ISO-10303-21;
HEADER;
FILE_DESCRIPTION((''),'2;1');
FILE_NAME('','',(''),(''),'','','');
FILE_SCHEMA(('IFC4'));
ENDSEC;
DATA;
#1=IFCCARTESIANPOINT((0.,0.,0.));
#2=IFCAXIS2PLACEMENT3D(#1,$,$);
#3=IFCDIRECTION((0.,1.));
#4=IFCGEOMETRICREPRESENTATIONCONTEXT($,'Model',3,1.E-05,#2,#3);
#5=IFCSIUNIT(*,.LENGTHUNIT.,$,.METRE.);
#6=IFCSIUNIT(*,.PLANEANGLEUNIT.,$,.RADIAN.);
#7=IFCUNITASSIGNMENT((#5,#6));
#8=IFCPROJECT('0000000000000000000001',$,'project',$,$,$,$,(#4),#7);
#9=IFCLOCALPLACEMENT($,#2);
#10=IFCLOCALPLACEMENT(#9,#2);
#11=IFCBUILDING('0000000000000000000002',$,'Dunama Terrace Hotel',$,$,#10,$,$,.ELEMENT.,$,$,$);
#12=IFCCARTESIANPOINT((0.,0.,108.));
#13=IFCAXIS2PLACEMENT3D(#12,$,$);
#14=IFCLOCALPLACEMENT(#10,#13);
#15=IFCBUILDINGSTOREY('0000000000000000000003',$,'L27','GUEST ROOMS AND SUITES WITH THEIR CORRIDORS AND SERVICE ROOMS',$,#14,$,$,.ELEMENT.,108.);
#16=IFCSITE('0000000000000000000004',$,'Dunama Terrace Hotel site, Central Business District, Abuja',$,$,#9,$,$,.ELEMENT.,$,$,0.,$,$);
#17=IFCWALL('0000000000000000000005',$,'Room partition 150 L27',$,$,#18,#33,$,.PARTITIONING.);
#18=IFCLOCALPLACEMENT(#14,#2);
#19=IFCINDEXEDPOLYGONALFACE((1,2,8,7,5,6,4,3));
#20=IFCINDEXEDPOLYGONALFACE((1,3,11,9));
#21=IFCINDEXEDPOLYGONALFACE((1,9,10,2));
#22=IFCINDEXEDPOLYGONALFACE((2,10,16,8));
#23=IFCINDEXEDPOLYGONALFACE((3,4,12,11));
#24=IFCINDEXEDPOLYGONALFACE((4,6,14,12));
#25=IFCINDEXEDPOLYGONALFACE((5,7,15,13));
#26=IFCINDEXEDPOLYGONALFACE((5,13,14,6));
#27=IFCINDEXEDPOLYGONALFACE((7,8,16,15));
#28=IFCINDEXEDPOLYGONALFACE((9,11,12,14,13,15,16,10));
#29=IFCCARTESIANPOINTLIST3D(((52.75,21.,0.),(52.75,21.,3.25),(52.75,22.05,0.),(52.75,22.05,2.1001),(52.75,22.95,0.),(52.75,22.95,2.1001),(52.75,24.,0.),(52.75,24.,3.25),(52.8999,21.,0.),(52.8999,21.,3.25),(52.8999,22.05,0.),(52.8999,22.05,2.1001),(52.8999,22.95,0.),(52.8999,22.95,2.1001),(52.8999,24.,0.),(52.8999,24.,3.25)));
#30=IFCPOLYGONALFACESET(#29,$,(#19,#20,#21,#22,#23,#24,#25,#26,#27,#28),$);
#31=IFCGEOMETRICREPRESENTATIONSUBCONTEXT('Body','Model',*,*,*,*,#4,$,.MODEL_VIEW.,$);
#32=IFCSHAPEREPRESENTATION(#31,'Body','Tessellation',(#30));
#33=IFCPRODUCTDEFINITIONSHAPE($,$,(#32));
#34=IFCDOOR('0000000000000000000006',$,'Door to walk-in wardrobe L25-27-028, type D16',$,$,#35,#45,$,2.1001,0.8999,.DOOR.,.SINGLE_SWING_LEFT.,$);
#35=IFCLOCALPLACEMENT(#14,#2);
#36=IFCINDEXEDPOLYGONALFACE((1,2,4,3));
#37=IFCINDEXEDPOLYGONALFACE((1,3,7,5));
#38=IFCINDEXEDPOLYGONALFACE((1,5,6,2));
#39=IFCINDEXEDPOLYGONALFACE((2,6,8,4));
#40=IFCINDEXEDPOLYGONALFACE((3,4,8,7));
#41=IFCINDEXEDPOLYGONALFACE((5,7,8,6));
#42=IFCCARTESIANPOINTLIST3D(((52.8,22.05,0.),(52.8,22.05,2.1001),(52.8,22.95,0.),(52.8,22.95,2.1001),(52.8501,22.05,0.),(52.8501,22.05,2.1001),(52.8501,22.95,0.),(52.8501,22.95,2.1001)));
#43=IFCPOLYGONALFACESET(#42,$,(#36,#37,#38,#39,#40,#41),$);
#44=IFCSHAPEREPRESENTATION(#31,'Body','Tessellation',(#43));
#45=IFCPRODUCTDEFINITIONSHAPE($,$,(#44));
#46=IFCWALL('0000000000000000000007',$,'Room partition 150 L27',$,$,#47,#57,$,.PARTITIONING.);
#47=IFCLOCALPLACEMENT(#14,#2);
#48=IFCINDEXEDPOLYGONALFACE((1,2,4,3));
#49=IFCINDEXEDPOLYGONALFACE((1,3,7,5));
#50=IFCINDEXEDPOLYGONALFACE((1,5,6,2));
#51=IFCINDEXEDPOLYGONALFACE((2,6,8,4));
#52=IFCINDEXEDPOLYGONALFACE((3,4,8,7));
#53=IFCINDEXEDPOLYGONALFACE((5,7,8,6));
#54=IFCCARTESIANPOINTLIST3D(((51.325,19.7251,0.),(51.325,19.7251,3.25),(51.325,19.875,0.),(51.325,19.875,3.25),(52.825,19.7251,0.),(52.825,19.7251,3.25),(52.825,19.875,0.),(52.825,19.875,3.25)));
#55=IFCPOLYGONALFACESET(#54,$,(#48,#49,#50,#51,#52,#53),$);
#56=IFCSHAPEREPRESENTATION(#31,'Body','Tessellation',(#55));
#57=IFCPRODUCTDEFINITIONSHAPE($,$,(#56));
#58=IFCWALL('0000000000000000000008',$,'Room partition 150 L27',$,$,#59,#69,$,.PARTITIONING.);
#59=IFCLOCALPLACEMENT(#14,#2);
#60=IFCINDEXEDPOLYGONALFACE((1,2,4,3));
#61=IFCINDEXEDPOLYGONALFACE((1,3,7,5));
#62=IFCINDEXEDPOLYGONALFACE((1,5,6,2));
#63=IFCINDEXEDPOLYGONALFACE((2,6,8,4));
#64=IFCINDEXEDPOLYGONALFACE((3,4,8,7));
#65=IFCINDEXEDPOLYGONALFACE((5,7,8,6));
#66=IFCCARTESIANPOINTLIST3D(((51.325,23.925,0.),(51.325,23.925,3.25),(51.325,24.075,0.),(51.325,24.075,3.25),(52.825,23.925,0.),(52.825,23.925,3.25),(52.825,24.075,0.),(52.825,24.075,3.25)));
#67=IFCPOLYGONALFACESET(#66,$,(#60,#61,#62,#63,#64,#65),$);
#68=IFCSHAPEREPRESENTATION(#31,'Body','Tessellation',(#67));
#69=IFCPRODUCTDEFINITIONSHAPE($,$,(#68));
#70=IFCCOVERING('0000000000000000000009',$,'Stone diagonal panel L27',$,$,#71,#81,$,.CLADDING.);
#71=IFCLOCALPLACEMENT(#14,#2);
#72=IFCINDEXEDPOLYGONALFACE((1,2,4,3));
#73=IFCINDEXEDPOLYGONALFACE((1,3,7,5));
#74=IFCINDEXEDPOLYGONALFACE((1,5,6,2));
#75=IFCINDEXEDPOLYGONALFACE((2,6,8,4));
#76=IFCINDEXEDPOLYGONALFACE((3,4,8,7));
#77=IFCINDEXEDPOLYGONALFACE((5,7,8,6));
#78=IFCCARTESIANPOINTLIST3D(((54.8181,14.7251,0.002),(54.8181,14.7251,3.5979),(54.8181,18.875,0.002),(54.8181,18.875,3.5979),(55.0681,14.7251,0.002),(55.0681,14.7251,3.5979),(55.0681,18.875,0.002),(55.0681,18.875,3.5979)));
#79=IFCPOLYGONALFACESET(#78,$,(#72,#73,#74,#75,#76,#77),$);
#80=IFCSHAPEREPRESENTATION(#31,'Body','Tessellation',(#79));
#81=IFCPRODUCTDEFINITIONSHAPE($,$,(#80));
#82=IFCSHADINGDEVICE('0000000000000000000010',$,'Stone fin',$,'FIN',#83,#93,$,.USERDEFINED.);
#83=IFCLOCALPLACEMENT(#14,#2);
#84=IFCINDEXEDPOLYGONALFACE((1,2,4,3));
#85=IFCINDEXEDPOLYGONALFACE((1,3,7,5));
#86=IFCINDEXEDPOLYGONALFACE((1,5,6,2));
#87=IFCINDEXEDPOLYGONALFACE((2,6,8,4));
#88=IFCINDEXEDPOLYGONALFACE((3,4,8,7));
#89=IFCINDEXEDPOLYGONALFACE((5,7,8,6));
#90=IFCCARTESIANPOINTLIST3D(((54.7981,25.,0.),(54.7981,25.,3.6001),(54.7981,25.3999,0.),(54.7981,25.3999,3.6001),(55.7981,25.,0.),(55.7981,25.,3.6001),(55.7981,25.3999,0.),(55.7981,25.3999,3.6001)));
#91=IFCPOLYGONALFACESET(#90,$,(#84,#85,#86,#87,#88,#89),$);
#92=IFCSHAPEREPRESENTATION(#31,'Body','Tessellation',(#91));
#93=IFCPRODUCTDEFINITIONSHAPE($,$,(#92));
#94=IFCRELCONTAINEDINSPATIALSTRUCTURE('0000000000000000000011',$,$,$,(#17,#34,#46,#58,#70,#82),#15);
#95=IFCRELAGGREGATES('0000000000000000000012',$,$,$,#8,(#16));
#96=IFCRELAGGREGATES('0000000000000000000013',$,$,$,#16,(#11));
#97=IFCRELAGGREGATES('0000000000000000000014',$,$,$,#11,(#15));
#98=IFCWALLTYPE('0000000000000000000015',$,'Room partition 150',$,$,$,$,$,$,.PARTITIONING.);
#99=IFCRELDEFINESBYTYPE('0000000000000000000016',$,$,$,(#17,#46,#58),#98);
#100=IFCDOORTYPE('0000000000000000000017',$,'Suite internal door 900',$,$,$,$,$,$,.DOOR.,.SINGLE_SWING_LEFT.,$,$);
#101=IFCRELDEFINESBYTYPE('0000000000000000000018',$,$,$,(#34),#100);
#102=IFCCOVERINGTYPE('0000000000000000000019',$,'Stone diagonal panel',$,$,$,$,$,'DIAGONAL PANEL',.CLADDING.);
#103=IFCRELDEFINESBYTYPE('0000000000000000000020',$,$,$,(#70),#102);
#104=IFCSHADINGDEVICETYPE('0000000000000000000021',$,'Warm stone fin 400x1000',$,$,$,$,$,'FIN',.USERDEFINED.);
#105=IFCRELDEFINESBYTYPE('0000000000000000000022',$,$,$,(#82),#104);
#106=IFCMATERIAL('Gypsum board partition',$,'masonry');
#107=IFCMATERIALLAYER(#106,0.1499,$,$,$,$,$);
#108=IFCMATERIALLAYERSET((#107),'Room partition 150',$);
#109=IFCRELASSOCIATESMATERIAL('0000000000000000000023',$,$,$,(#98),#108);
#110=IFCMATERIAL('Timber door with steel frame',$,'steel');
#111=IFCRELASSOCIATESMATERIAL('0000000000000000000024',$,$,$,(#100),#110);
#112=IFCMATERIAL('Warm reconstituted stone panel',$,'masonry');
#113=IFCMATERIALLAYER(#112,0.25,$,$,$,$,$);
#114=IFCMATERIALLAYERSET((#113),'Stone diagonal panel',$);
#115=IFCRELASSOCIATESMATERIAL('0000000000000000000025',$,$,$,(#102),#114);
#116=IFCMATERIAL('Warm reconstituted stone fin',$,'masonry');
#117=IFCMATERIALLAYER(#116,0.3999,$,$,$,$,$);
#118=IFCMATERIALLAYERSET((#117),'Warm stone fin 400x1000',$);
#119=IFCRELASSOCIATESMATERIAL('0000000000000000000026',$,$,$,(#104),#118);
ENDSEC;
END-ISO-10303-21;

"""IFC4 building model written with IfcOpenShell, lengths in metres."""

from ifc_helpers import new_model, si_unit, direction, frame, frame_2d, origin, origin_2d, place, context, subcontext, project, spatial, rectangle, extrude, material, layer, layer_set, type_object, element, fill, save


model = new_model("IFC4")

# Units and contexts
model_context = context("Model", 3, precision=1e-05, world=origin(), true_north=direction((0.0, 1.0)))
body_context = subcontext(model_context, "Body", "Model", "MODEL_VIEW")
ifc_project = project(units=[si_unit("LENGTHUNIT", "METRE"), si_unit("PLANEANGLEUNIT", "RADIAN")], contexts=[model_context])

# Site, building, storey
site_placement = place(None, origin())
site = spatial("IfcSite", under=ifc_project, at=site_placement, Name="Dunama Terrace Hotel site, Central Business District, Abuja", CompositionType="ELEMENT", RefElevation=0.0)
building_placement = place(site_placement, origin())
building = spatial("IfcBuilding", under=site, at=building_placement, Name="Dunama Terrace Hotel", CompositionType="ELEMENT")
storey_placement = place(building_placement, frame((0.0, 0.0, 108.0)))
storey = spatial("IfcBuildingStorey", under=building, at=storey_placement, Name="L27", Description="GUEST ROOMS AND SUITES WITH THEIR CORRIDORS AND SERVICE ROOMS", CompositionType="ELEMENT", Elevation=108.0)

# Shared definitions
ifc_material_1 = material(Name="Gypsum board partition", Category="masonry")
ifc_layer_1 = layer(ifc_material_1, 0.1499)
ifc_layer_set_1 = layer_set([ifc_layer_1], Name="Room partition 150")
wall_type_1 = type_object("IfcWallType", Name="Room partition 150", PredefinedType="PARTITIONING", material=ifc_layer_set_1)

# Wall, opening, door
ifc_material_2 = material(Name="Timber door with steel frame", Category="steel")
door_type_1 = type_object("IfcDoorType", Name="Suite internal door 900", OperationType="SINGLE_SWING_LEFT", PredefinedType="DOOR", material=ifc_material_2)
wall_1_placement = place(storey_placement, frame((52.825, 21.0, 0.0), z_axis=(0.0, 0.0, 1.0), x_axis=(0.0, 1.0, 0.0)))
wall_1 = element("IfcWall", 1, at=wall_1_placement, inside=storey, type_object=wall_type_1, Name="Room partition 150 L27", PredefinedType="PARTITIONING", context=body_context, shape_type="SweptSolid", body=[
    extrude(rectangle(XDim=3.0, YDim=0.1499, at=frame_2d((1.5, 0.0))), origin(), (0.0, 0.0, 1.0), 3.25),
])
opening_1_placement = place(wall_1_placement, frame((1.05, 0.0, 0.0)))
opening_1 = element("IfcOpeningElement", 2, at=opening_1_placement, cuts=wall_1, PredefinedType="OPENING", context=body_context, shape_type="SweptSolid", body=[
    extrude(rectangle(XDim=0.8999, YDim=2.1001, at=frame_2d((0.45, 1.05))), frame((0.0, 0.085, 0.0), z_axis=(0.0, -1.0, 0.0), x_axis=(1.0, 0.0, 0.0)), (0.0, 0.0, 1.0), 0.1699),
])
door_1_placement = place(opening_1_placement, origin())
door_1 = element("IfcDoor", 3, at=door_1_placement, inside=storey, type_object=door_type_1, Name="Door to walk-in wardrobe L25-27-028, type D16", OperationType="SINGLE_SWING_LEFT", OverallHeight=2.1001, OverallWidth=0.8999, PredefinedType="DOOR", context=body_context, shape_type="SweptSolid", body=[
    extrude(rectangle(XDim=0.8999, YDim=2.1001, at=frame_2d((0.45, 1.05))), frame((0.0, 0.0249, 0.0), z_axis=(0.0, -1.0, 0.0), x_axis=(1.0, 0.0, 0.0)), (0.0, 0.0, 1.0), 0.05),
])
fill(opening_1, door_1)

# Walls
for number, where, z_axis, x_axis, name in (
    (4, (51.325, 19.8, 0.0), (0.0, 0.0, 1.0), (1.0, 0.0, 0.0), "Room partition 150 L27"),
    (5, (51.325, 24.0, 0.0), (0.0, 0.0, 1.0), (1.0, 0.0, 0.0), "Room partition 150 L27"),
):
    element("IfcWall", number, at=place(storey_placement, frame(where, z_axis=z_axis, x_axis=x_axis)), inside=storey, type_object=wall_type_1, Name=name, PredefinedType="PARTITIONING", context=body_context, shape_type="SweptSolid", body=[
        extrude(rectangle(XDim=1.5, YDim=0.1499, at=frame_2d((0.75, 0.0))), origin(), (0.0, 0.0, 1.0), 3.25),
    ])

# Covering
ifc_material_3 = material(Name="Warm reconstituted stone panel", Category="masonry")
ifc_layer_2 = layer(ifc_material_3, 0.25)
ifc_layer_set_2 = layer_set([ifc_layer_2], Name="Stone diagonal panel")
covering_type = type_object("IfcCoveringType", Name="Stone diagonal panel", ElementType="DIAGONAL PANEL", PredefinedType="CLADDING", material=ifc_layer_set_2)
covering_placement = place(storey_placement, frame((54.9431, 16.8, 0.002), z_axis=(0.0, 0.0, 1.0), x_axis=(0.0, 1.0, 0.0)))
element("IfcCovering", 6, at=covering_placement, inside=storey, type_object=covering_type, Name="Stone diagonal panel L27", PredefinedType="CLADDING", context=body_context, shape_type="SweptSolid", body=[
    extrude(rectangle(XDim=4.1499, YDim=0.25, at=origin_2d()), origin(), (0.0, 0.0, 1.0), 3.5959),
])

# Shading device
ifc_material_4 = material(Name="Warm reconstituted stone fin", Category="masonry")
ifc_layer_3 = layer(ifc_material_4, 0.3999)
ifc_layer_set_3 = layer_set([ifc_layer_3], Name="Warm stone fin 400x1000")
shading_device_type = type_object("IfcShadingDeviceType", Name="Warm stone fin 400x1000", ElementType="FIN", PredefinedType="USERDEFINED", material=ifc_layer_set_3)
shading_device_placement = place(storey_placement, frame((55.2981, 25.2, 0.0), z_axis=(0.0, 0.0, 1.0), x_axis=(0.0, 1.0, 0.0)))
element("IfcShadingDevice", 7, at=shading_device_placement, inside=storey, type_object=shading_device_type, Name="Stone fin", ObjectType="FIN", PredefinedType="USERDEFINED", context=body_context, shape_type="SweptSolid", body=[
    extrude(rectangle(XDim=0.3999, YDim=1.0, at=origin_2d()), origin(), (0.0, 0.0, 1.0), 3.6001),
])

save(model, "model.ifc")
